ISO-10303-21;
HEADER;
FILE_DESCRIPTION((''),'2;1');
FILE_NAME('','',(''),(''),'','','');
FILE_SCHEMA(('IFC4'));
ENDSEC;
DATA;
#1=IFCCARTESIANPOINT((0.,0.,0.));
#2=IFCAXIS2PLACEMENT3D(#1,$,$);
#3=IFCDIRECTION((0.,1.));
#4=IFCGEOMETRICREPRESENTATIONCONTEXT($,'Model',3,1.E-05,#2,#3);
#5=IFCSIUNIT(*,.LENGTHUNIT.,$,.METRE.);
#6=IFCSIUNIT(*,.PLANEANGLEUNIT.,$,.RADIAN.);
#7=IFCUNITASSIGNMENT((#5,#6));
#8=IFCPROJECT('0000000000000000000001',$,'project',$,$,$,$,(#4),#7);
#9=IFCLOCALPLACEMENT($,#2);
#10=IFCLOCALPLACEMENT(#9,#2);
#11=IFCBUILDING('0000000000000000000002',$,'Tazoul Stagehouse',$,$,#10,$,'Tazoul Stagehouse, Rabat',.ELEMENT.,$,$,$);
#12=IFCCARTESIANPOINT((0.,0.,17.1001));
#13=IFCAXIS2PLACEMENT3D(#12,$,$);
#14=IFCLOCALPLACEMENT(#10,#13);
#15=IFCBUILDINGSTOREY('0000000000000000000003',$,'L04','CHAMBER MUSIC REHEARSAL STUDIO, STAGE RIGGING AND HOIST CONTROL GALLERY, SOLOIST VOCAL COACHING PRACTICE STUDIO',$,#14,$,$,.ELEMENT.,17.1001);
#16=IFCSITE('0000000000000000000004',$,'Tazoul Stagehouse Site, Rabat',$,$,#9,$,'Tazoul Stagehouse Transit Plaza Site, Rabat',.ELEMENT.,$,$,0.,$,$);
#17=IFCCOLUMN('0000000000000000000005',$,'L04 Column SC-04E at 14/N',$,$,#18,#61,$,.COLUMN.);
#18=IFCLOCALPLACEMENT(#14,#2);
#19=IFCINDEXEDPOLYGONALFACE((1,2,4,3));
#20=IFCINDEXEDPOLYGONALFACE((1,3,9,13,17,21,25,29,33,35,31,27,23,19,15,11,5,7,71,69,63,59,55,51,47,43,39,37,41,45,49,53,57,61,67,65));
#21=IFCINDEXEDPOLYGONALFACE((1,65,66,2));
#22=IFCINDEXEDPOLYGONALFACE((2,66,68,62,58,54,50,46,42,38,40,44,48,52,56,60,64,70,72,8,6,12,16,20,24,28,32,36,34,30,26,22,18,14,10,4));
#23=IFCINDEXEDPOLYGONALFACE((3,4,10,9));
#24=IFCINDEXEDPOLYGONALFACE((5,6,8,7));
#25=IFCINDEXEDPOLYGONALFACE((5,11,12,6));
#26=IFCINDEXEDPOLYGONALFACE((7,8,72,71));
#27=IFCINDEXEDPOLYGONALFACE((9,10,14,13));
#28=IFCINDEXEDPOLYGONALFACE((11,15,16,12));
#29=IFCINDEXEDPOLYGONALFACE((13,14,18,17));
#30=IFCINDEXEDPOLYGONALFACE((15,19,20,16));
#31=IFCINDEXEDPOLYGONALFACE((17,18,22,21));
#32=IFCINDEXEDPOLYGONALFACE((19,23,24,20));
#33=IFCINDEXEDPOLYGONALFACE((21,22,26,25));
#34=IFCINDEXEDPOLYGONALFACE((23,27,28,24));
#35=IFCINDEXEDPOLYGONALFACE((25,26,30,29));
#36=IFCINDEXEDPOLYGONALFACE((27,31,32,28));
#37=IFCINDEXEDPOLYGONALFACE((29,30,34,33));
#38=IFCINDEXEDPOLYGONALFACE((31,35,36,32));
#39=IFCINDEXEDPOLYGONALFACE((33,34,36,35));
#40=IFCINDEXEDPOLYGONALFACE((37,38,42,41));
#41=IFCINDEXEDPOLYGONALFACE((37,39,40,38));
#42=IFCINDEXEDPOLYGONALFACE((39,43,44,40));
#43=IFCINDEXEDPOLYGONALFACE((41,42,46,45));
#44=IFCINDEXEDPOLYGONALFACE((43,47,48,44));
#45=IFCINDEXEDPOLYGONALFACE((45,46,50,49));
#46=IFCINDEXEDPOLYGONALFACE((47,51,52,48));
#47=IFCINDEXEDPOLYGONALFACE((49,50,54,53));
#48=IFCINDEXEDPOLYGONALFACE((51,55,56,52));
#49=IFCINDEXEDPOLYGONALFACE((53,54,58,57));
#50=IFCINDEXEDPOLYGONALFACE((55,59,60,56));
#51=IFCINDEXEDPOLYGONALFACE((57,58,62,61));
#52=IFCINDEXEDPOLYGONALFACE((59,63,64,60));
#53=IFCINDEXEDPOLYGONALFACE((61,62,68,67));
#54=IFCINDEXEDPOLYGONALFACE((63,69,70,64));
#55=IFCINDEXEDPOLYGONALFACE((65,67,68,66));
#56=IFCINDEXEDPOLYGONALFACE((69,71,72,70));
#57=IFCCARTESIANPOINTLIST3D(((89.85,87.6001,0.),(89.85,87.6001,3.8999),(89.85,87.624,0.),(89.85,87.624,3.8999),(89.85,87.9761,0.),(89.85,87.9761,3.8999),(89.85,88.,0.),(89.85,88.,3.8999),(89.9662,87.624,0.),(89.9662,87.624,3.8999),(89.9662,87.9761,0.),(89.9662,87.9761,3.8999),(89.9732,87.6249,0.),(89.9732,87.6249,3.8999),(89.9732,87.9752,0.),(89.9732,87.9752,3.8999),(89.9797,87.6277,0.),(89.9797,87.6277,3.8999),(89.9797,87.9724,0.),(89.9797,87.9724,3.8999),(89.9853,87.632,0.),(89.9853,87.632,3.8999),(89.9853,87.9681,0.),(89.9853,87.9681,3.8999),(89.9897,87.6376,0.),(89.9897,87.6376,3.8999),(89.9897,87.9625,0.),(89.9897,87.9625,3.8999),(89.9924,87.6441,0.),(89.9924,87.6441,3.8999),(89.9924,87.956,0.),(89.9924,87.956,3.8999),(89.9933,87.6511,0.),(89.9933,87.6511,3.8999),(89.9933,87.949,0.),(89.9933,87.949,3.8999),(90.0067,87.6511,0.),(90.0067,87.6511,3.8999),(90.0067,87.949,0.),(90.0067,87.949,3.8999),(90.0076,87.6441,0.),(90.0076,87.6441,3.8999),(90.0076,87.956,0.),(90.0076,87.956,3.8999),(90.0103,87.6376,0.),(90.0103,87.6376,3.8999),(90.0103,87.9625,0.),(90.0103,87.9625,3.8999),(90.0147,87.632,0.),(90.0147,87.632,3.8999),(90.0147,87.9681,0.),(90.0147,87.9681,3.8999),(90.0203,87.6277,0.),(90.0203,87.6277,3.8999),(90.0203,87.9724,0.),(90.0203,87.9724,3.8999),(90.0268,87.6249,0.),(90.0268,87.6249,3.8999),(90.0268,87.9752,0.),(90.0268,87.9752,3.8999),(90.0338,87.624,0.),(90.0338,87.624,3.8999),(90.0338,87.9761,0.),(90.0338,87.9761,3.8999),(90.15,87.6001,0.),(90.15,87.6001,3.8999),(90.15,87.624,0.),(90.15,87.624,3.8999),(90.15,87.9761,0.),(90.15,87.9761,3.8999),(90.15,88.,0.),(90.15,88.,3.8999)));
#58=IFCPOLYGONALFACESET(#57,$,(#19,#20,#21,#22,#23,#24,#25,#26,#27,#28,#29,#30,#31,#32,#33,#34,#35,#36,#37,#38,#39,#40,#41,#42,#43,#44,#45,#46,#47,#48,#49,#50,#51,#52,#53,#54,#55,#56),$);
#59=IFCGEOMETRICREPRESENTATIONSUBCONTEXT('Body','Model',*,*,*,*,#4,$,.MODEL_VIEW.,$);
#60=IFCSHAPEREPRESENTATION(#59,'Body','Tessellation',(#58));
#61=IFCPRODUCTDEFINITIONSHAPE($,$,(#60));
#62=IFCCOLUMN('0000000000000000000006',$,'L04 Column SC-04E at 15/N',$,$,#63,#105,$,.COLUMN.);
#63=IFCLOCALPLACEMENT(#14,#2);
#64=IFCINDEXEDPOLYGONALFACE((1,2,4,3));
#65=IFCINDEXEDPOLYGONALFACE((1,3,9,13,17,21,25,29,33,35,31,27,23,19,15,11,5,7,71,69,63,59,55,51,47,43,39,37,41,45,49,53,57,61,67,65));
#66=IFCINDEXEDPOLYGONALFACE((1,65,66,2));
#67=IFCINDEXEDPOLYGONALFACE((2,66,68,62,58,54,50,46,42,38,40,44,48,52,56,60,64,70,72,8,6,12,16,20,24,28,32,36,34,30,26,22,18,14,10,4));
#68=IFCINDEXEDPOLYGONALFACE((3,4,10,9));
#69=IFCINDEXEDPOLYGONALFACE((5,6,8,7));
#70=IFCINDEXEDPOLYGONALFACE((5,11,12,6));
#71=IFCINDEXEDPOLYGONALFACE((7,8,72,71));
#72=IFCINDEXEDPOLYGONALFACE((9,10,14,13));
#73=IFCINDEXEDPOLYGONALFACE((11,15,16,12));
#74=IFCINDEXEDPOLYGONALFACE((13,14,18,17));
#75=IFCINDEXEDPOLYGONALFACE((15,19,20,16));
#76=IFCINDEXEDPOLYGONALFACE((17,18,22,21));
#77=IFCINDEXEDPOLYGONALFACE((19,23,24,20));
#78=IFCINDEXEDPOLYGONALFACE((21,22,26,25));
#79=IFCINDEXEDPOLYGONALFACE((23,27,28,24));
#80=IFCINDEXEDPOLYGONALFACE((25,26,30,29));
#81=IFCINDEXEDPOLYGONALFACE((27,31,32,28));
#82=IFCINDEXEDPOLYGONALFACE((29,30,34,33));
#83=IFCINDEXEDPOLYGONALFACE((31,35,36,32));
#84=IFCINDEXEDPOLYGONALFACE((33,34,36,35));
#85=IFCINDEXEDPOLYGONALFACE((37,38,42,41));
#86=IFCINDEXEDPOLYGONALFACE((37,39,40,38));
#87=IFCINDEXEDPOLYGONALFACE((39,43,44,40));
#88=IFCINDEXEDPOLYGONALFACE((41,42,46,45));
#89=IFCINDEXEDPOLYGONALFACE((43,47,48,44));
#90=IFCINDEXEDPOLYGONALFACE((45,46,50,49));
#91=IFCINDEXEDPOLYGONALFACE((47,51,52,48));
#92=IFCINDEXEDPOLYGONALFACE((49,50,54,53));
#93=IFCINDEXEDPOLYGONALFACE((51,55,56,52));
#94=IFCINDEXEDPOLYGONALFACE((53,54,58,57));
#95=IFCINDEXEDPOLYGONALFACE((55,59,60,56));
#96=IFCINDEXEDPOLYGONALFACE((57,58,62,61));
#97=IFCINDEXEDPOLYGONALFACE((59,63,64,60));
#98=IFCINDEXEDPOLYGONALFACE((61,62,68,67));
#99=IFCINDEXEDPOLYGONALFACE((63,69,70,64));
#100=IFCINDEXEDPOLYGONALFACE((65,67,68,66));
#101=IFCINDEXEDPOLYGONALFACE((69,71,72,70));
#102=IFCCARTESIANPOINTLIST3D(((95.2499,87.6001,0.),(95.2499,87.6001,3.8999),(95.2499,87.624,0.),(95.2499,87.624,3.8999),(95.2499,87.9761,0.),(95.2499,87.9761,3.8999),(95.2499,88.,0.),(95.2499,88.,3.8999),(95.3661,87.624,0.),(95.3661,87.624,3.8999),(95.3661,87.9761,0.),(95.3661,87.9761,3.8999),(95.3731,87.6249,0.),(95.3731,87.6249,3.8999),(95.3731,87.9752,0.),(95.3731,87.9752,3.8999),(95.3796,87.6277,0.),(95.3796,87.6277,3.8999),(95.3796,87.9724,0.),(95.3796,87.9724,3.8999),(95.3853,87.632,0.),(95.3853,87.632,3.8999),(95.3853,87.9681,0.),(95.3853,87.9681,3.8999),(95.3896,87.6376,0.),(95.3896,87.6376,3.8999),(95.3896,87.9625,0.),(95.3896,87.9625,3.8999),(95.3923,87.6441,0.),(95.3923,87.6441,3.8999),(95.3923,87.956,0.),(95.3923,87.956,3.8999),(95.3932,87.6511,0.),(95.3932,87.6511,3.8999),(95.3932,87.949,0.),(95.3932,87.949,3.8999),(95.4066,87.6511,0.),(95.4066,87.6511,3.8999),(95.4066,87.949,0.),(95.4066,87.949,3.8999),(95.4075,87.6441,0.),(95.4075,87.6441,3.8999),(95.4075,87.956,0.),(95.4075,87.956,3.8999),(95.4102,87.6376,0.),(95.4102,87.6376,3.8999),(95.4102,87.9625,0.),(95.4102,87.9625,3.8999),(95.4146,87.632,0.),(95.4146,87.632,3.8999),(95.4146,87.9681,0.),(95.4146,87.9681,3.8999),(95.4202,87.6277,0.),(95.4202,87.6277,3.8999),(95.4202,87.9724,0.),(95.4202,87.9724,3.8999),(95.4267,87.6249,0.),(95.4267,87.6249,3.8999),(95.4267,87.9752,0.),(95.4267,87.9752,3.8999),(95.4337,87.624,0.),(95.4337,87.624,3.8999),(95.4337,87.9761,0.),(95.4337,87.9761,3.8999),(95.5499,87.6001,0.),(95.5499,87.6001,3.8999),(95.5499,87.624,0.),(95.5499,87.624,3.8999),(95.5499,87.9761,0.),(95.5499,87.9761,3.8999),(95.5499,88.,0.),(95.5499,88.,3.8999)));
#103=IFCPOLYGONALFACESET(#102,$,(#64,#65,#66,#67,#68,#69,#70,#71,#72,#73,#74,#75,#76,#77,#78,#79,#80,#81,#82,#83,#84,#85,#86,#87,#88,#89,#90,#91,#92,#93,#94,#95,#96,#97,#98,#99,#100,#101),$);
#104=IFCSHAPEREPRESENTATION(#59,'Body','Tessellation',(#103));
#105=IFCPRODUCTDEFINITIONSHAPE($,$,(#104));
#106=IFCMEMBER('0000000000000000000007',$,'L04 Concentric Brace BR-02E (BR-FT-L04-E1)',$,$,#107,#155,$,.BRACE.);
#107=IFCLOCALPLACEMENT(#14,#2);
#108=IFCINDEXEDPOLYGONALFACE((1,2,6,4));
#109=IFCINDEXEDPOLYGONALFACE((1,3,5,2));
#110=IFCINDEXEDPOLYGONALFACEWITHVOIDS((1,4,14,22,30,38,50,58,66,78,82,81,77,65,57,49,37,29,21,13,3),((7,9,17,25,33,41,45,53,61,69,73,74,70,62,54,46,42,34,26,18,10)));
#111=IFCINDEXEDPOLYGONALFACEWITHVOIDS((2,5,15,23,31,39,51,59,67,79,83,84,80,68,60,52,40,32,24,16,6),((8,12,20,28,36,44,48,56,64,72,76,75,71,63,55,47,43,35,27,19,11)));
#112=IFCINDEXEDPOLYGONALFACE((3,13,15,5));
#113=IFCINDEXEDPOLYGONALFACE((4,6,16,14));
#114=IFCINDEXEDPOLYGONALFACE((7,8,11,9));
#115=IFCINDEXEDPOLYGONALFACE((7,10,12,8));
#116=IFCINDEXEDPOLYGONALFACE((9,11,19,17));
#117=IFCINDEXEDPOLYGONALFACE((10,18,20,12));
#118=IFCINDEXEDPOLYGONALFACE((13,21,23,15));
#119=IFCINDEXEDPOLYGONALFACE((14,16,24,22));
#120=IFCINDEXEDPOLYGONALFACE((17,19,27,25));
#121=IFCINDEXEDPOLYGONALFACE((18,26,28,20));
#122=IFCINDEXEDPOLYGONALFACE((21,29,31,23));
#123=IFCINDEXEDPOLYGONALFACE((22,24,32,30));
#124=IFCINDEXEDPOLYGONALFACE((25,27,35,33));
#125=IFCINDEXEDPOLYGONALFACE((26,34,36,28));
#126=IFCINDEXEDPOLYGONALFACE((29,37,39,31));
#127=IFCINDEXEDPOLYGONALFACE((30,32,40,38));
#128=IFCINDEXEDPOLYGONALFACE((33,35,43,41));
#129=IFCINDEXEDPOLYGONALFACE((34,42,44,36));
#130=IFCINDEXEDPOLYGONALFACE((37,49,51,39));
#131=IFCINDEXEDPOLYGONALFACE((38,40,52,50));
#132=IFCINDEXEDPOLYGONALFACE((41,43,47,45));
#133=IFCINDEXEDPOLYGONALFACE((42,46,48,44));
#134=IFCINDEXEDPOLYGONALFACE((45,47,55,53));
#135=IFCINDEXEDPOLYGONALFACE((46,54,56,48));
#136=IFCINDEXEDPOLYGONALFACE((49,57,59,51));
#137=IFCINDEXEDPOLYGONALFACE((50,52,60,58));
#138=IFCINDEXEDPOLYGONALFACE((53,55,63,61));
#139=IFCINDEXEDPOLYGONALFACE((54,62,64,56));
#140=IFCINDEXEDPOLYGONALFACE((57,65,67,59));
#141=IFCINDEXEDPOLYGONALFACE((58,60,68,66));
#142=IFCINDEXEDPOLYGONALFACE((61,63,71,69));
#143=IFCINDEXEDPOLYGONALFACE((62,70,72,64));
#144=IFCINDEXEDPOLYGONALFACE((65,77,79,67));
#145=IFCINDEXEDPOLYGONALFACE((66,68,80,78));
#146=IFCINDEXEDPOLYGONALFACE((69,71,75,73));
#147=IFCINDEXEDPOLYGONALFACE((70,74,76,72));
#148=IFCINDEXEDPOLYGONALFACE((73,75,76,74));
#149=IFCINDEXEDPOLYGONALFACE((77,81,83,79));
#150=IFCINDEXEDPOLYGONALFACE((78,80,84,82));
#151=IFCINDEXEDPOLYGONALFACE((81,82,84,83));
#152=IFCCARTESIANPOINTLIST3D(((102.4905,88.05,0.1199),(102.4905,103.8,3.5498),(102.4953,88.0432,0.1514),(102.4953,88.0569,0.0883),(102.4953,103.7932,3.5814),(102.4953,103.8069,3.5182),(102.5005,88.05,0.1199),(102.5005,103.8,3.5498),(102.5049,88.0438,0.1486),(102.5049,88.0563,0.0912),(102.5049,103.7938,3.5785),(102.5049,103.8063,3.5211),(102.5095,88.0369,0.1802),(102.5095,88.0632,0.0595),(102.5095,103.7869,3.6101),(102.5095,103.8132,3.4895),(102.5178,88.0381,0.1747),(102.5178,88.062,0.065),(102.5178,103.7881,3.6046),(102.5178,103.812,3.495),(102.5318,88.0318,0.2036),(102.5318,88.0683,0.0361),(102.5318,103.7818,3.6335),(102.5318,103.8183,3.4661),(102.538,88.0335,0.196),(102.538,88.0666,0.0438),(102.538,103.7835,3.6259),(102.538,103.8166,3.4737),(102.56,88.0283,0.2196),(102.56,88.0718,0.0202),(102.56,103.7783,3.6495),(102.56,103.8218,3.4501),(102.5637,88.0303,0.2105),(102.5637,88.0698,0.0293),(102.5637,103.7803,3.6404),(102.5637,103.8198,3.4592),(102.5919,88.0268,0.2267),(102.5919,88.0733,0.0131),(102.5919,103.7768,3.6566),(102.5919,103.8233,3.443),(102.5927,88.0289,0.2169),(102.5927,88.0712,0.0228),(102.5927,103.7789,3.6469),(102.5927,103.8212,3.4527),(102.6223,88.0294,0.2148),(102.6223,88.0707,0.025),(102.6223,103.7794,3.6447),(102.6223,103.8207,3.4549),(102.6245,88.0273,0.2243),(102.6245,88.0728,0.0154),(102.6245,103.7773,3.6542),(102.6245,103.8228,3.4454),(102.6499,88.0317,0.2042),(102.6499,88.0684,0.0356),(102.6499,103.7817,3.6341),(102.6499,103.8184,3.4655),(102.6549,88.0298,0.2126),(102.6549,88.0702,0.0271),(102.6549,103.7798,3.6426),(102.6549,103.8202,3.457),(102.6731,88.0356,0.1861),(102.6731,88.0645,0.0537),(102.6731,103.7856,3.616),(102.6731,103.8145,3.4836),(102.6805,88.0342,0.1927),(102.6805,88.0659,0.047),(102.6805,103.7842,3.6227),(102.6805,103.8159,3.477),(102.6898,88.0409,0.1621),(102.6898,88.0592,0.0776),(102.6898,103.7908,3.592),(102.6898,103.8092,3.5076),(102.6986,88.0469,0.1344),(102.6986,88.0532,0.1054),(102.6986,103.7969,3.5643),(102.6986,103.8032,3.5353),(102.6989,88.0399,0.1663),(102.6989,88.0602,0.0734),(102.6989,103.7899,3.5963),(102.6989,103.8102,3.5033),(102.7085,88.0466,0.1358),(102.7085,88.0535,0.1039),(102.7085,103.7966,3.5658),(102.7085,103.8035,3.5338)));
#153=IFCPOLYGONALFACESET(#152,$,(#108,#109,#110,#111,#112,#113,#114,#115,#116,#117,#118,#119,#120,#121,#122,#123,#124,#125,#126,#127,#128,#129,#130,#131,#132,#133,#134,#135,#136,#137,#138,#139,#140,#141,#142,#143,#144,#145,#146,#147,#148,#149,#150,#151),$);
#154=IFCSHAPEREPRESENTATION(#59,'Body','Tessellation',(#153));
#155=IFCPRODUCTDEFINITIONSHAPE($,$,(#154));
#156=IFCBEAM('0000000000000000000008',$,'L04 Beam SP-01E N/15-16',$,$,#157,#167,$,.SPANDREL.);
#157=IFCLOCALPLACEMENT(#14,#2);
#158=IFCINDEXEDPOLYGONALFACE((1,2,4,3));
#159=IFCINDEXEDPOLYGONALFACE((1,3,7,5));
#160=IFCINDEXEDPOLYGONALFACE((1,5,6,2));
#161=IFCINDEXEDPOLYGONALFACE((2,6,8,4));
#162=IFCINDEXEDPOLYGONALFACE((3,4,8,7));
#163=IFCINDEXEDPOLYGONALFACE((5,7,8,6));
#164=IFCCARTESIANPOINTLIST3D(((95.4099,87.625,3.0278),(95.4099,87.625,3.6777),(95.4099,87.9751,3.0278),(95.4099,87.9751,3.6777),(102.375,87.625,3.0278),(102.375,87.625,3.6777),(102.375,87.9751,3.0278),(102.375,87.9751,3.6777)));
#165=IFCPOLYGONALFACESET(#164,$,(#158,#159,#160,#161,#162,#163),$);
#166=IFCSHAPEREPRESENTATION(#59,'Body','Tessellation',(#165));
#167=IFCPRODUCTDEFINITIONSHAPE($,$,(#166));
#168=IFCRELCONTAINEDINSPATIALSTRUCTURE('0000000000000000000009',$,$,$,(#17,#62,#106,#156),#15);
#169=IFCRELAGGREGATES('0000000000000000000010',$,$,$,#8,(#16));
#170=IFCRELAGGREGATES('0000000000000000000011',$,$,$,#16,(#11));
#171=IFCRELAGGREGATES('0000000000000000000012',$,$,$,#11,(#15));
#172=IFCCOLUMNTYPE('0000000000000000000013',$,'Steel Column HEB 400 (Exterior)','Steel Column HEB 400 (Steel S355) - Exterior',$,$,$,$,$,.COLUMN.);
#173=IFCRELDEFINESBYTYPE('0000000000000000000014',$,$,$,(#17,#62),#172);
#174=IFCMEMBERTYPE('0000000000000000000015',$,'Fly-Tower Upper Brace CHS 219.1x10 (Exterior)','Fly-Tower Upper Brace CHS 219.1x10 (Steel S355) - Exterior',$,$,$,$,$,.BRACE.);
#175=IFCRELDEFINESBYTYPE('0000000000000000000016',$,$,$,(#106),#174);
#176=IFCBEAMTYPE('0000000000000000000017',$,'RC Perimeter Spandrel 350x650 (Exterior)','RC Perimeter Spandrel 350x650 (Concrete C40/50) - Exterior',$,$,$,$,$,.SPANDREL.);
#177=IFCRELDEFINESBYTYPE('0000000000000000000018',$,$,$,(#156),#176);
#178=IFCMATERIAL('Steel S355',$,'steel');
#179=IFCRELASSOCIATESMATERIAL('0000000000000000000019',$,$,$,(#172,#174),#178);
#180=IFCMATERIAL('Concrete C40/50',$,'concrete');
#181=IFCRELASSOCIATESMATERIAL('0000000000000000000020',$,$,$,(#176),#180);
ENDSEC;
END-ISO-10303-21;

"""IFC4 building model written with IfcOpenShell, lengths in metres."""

from ifc_helpers import new_model, si_unit, direction, frame, origin, origin_2d, place, context, subcontext, project, spatial, rectangle, hollow_circle, i_section, extrude, material, material_profile, profile_set, type_object, element, save


model = new_model("IFC4")

# Units and contexts
model_context = context("Model", 3, precision=1e-05, world=origin(), true_north=direction((0.0, 1.0)))
body_context = subcontext(model_context, "Body", "Model", "MODEL_VIEW")
ifc_project = project(units=[si_unit("LENGTHUNIT", "METRE"), si_unit("PLANEANGLEUNIT", "RADIAN")], contexts=[model_context])

# Site, building, storey
site_placement = place(None, origin())
site = spatial("IfcSite", under=ifc_project, at=site_placement, Name="Tazoul Stagehouse Site, Rabat", LongName="Tazoul Stagehouse Transit Plaza Site, Rabat", CompositionType="ELEMENT", RefElevation=0.0)
building_placement = place(site_placement, origin())
building = spatial("IfcBuilding", under=site, at=building_placement, Name="Tazoul Stagehouse", LongName="Tazoul Stagehouse, Rabat", CompositionType="ELEMENT")
storey_placement = place(building_placement, frame((0.0, 0.0, 17.1001)))
storey = spatial("IfcBuildingStorey", under=building, at=storey_placement, Name="L04", Description="CHAMBER MUSIC REHEARSAL STUDIO, STAGE RIGGING AND HOIST CONTROL GALLERY, SOLOIST VOCAL COACHING PRACTICE STUDIO", CompositionType="ELEMENT", Elevation=17.1001)

# Columns
ifc_material_1 = material(Name="Concrete C40/50", Category="concrete")
ifc_material_2 = material(Name="Steel S355", Category="steel")
ifc_material_profile_1 = material_profile(ifc_material_2, i_section(OverallWidth=0.3, OverallDepth=0.3999, WebThickness=0.0134, FlangeThickness=0.0239, FilletRadius=0.0271, at=origin_2d()), Name="HEB 400")
ifc_profile_set_1 = profile_set([ifc_material_profile_1], Name="Steel S355")
column_type_1 = type_object("IfcColumnType", Name="Steel Column HEB 400 (Exterior)", Description="Steel Column HEB 400 (Steel S355) - Exterior", PredefinedType="COLUMN", material=ifc_profile_set_1)
for number, where, z_axis, x_axis, name in (
    (1, (90.0, 87.8, 0.0), (0.0, 0.0, 1.0), (1.0, 0.0, 0.0), "L04 Column SC-04E at 14/N"),
    (2, (95.3999, 87.8, 0.0), (0.0, 0.0, 1.0), (1.0, 0.0, 0.0), "L04 Column SC-04E at 15/N"),
):
    element("IfcColumn", number, at=place(storey_placement, frame(where, z_axis=z_axis, x_axis=x_axis)), inside=storey, type_object=column_type_1, Name=name, PredefinedType="COLUMN", context=body_context, shape_type="SweptSolid", body=[
        extrude(i_section(OverallWidth=0.3, OverallDepth=0.3999, WebThickness=0.0134, FlangeThickness=0.0239, FilletRadius=0.0271, at=origin_2d()), origin(), (0.0, 0.0, 1.0), 3.8999),
    ])

# Member
ifc_material_profile_2 = material_profile(ifc_material_2, hollow_circle(Radius=0.1096, WallThickness=0.01, at=origin_2d()), Name="CHS 219.1x10")
ifc_profile_set_2 = profile_set([ifc_material_profile_2], Name="Steel S355")
member_type = type_object("IfcMemberType", Name="Fly-Tower Upper Brace CHS 219.1x10 (Exterior)", Description="Fly-Tower Upper Brace CHS 219.1x10 (Steel S355) - Exterior", PredefinedType="BRACE", material=ifc_profile_set_2)
member_placement = place(storey_placement, frame((102.6001, 88.05, 0.1199), z_axis=(0.0, 0.977099, 0.212786), x_axis=(-1.0, 0.0, 0.0)))
element("IfcMember", 3, at=member_placement, inside=storey, type_object=member_type, Name="L04 Concentric Brace BR-02E (BR-FT-L04-E1)", PredefinedType="BRACE", context=body_context, shape_type="SweptSolid", body=[
    extrude(hollow_circle(Radius=0.1096, WallThickness=0.01, at=origin_2d()), origin(), (0.0, 0.0, 1.0), 16.1191),
])

# Beam
ifc_material_profile_3 = material_profile(ifc_material_1, rectangle(XDim=0.3501, YDim=0.6499, at=origin_2d()), Name="RC 350x650")
ifc_profile_set_3 = profile_set([ifc_material_profile_3], Name="Concrete C40/50")
beam_type_1 = type_object("IfcBeamType", Name="RC Perimeter Spandrel 350x650 (Exterior)", Description="RC Perimeter Spandrel 350x650 (Concrete C40/50) - Exterior", PredefinedType="SPANDREL", material=ifc_profile_set_3)
beam_1_placement = place(storey_placement, frame((95.4099, 87.8, 3.3528), z_axis=(1.0, 0.0, 0.0), x_axis=(0.0, 1.0, 0.0)))
element("IfcBeam", 4, at=beam_1_placement, inside=storey, type_object=beam_type_1, Name="L04 Beam SP-01E N/15-16", PredefinedType="SPANDREL", context=body_context, shape_type="SweptSolid", body=[
    extrude(rectangle(XDim=0.3501, YDim=0.6499, at=origin_2d()), origin(), (0.0, 0.0, 1.0), 6.9651),
])

save(model, "model.ifc")
